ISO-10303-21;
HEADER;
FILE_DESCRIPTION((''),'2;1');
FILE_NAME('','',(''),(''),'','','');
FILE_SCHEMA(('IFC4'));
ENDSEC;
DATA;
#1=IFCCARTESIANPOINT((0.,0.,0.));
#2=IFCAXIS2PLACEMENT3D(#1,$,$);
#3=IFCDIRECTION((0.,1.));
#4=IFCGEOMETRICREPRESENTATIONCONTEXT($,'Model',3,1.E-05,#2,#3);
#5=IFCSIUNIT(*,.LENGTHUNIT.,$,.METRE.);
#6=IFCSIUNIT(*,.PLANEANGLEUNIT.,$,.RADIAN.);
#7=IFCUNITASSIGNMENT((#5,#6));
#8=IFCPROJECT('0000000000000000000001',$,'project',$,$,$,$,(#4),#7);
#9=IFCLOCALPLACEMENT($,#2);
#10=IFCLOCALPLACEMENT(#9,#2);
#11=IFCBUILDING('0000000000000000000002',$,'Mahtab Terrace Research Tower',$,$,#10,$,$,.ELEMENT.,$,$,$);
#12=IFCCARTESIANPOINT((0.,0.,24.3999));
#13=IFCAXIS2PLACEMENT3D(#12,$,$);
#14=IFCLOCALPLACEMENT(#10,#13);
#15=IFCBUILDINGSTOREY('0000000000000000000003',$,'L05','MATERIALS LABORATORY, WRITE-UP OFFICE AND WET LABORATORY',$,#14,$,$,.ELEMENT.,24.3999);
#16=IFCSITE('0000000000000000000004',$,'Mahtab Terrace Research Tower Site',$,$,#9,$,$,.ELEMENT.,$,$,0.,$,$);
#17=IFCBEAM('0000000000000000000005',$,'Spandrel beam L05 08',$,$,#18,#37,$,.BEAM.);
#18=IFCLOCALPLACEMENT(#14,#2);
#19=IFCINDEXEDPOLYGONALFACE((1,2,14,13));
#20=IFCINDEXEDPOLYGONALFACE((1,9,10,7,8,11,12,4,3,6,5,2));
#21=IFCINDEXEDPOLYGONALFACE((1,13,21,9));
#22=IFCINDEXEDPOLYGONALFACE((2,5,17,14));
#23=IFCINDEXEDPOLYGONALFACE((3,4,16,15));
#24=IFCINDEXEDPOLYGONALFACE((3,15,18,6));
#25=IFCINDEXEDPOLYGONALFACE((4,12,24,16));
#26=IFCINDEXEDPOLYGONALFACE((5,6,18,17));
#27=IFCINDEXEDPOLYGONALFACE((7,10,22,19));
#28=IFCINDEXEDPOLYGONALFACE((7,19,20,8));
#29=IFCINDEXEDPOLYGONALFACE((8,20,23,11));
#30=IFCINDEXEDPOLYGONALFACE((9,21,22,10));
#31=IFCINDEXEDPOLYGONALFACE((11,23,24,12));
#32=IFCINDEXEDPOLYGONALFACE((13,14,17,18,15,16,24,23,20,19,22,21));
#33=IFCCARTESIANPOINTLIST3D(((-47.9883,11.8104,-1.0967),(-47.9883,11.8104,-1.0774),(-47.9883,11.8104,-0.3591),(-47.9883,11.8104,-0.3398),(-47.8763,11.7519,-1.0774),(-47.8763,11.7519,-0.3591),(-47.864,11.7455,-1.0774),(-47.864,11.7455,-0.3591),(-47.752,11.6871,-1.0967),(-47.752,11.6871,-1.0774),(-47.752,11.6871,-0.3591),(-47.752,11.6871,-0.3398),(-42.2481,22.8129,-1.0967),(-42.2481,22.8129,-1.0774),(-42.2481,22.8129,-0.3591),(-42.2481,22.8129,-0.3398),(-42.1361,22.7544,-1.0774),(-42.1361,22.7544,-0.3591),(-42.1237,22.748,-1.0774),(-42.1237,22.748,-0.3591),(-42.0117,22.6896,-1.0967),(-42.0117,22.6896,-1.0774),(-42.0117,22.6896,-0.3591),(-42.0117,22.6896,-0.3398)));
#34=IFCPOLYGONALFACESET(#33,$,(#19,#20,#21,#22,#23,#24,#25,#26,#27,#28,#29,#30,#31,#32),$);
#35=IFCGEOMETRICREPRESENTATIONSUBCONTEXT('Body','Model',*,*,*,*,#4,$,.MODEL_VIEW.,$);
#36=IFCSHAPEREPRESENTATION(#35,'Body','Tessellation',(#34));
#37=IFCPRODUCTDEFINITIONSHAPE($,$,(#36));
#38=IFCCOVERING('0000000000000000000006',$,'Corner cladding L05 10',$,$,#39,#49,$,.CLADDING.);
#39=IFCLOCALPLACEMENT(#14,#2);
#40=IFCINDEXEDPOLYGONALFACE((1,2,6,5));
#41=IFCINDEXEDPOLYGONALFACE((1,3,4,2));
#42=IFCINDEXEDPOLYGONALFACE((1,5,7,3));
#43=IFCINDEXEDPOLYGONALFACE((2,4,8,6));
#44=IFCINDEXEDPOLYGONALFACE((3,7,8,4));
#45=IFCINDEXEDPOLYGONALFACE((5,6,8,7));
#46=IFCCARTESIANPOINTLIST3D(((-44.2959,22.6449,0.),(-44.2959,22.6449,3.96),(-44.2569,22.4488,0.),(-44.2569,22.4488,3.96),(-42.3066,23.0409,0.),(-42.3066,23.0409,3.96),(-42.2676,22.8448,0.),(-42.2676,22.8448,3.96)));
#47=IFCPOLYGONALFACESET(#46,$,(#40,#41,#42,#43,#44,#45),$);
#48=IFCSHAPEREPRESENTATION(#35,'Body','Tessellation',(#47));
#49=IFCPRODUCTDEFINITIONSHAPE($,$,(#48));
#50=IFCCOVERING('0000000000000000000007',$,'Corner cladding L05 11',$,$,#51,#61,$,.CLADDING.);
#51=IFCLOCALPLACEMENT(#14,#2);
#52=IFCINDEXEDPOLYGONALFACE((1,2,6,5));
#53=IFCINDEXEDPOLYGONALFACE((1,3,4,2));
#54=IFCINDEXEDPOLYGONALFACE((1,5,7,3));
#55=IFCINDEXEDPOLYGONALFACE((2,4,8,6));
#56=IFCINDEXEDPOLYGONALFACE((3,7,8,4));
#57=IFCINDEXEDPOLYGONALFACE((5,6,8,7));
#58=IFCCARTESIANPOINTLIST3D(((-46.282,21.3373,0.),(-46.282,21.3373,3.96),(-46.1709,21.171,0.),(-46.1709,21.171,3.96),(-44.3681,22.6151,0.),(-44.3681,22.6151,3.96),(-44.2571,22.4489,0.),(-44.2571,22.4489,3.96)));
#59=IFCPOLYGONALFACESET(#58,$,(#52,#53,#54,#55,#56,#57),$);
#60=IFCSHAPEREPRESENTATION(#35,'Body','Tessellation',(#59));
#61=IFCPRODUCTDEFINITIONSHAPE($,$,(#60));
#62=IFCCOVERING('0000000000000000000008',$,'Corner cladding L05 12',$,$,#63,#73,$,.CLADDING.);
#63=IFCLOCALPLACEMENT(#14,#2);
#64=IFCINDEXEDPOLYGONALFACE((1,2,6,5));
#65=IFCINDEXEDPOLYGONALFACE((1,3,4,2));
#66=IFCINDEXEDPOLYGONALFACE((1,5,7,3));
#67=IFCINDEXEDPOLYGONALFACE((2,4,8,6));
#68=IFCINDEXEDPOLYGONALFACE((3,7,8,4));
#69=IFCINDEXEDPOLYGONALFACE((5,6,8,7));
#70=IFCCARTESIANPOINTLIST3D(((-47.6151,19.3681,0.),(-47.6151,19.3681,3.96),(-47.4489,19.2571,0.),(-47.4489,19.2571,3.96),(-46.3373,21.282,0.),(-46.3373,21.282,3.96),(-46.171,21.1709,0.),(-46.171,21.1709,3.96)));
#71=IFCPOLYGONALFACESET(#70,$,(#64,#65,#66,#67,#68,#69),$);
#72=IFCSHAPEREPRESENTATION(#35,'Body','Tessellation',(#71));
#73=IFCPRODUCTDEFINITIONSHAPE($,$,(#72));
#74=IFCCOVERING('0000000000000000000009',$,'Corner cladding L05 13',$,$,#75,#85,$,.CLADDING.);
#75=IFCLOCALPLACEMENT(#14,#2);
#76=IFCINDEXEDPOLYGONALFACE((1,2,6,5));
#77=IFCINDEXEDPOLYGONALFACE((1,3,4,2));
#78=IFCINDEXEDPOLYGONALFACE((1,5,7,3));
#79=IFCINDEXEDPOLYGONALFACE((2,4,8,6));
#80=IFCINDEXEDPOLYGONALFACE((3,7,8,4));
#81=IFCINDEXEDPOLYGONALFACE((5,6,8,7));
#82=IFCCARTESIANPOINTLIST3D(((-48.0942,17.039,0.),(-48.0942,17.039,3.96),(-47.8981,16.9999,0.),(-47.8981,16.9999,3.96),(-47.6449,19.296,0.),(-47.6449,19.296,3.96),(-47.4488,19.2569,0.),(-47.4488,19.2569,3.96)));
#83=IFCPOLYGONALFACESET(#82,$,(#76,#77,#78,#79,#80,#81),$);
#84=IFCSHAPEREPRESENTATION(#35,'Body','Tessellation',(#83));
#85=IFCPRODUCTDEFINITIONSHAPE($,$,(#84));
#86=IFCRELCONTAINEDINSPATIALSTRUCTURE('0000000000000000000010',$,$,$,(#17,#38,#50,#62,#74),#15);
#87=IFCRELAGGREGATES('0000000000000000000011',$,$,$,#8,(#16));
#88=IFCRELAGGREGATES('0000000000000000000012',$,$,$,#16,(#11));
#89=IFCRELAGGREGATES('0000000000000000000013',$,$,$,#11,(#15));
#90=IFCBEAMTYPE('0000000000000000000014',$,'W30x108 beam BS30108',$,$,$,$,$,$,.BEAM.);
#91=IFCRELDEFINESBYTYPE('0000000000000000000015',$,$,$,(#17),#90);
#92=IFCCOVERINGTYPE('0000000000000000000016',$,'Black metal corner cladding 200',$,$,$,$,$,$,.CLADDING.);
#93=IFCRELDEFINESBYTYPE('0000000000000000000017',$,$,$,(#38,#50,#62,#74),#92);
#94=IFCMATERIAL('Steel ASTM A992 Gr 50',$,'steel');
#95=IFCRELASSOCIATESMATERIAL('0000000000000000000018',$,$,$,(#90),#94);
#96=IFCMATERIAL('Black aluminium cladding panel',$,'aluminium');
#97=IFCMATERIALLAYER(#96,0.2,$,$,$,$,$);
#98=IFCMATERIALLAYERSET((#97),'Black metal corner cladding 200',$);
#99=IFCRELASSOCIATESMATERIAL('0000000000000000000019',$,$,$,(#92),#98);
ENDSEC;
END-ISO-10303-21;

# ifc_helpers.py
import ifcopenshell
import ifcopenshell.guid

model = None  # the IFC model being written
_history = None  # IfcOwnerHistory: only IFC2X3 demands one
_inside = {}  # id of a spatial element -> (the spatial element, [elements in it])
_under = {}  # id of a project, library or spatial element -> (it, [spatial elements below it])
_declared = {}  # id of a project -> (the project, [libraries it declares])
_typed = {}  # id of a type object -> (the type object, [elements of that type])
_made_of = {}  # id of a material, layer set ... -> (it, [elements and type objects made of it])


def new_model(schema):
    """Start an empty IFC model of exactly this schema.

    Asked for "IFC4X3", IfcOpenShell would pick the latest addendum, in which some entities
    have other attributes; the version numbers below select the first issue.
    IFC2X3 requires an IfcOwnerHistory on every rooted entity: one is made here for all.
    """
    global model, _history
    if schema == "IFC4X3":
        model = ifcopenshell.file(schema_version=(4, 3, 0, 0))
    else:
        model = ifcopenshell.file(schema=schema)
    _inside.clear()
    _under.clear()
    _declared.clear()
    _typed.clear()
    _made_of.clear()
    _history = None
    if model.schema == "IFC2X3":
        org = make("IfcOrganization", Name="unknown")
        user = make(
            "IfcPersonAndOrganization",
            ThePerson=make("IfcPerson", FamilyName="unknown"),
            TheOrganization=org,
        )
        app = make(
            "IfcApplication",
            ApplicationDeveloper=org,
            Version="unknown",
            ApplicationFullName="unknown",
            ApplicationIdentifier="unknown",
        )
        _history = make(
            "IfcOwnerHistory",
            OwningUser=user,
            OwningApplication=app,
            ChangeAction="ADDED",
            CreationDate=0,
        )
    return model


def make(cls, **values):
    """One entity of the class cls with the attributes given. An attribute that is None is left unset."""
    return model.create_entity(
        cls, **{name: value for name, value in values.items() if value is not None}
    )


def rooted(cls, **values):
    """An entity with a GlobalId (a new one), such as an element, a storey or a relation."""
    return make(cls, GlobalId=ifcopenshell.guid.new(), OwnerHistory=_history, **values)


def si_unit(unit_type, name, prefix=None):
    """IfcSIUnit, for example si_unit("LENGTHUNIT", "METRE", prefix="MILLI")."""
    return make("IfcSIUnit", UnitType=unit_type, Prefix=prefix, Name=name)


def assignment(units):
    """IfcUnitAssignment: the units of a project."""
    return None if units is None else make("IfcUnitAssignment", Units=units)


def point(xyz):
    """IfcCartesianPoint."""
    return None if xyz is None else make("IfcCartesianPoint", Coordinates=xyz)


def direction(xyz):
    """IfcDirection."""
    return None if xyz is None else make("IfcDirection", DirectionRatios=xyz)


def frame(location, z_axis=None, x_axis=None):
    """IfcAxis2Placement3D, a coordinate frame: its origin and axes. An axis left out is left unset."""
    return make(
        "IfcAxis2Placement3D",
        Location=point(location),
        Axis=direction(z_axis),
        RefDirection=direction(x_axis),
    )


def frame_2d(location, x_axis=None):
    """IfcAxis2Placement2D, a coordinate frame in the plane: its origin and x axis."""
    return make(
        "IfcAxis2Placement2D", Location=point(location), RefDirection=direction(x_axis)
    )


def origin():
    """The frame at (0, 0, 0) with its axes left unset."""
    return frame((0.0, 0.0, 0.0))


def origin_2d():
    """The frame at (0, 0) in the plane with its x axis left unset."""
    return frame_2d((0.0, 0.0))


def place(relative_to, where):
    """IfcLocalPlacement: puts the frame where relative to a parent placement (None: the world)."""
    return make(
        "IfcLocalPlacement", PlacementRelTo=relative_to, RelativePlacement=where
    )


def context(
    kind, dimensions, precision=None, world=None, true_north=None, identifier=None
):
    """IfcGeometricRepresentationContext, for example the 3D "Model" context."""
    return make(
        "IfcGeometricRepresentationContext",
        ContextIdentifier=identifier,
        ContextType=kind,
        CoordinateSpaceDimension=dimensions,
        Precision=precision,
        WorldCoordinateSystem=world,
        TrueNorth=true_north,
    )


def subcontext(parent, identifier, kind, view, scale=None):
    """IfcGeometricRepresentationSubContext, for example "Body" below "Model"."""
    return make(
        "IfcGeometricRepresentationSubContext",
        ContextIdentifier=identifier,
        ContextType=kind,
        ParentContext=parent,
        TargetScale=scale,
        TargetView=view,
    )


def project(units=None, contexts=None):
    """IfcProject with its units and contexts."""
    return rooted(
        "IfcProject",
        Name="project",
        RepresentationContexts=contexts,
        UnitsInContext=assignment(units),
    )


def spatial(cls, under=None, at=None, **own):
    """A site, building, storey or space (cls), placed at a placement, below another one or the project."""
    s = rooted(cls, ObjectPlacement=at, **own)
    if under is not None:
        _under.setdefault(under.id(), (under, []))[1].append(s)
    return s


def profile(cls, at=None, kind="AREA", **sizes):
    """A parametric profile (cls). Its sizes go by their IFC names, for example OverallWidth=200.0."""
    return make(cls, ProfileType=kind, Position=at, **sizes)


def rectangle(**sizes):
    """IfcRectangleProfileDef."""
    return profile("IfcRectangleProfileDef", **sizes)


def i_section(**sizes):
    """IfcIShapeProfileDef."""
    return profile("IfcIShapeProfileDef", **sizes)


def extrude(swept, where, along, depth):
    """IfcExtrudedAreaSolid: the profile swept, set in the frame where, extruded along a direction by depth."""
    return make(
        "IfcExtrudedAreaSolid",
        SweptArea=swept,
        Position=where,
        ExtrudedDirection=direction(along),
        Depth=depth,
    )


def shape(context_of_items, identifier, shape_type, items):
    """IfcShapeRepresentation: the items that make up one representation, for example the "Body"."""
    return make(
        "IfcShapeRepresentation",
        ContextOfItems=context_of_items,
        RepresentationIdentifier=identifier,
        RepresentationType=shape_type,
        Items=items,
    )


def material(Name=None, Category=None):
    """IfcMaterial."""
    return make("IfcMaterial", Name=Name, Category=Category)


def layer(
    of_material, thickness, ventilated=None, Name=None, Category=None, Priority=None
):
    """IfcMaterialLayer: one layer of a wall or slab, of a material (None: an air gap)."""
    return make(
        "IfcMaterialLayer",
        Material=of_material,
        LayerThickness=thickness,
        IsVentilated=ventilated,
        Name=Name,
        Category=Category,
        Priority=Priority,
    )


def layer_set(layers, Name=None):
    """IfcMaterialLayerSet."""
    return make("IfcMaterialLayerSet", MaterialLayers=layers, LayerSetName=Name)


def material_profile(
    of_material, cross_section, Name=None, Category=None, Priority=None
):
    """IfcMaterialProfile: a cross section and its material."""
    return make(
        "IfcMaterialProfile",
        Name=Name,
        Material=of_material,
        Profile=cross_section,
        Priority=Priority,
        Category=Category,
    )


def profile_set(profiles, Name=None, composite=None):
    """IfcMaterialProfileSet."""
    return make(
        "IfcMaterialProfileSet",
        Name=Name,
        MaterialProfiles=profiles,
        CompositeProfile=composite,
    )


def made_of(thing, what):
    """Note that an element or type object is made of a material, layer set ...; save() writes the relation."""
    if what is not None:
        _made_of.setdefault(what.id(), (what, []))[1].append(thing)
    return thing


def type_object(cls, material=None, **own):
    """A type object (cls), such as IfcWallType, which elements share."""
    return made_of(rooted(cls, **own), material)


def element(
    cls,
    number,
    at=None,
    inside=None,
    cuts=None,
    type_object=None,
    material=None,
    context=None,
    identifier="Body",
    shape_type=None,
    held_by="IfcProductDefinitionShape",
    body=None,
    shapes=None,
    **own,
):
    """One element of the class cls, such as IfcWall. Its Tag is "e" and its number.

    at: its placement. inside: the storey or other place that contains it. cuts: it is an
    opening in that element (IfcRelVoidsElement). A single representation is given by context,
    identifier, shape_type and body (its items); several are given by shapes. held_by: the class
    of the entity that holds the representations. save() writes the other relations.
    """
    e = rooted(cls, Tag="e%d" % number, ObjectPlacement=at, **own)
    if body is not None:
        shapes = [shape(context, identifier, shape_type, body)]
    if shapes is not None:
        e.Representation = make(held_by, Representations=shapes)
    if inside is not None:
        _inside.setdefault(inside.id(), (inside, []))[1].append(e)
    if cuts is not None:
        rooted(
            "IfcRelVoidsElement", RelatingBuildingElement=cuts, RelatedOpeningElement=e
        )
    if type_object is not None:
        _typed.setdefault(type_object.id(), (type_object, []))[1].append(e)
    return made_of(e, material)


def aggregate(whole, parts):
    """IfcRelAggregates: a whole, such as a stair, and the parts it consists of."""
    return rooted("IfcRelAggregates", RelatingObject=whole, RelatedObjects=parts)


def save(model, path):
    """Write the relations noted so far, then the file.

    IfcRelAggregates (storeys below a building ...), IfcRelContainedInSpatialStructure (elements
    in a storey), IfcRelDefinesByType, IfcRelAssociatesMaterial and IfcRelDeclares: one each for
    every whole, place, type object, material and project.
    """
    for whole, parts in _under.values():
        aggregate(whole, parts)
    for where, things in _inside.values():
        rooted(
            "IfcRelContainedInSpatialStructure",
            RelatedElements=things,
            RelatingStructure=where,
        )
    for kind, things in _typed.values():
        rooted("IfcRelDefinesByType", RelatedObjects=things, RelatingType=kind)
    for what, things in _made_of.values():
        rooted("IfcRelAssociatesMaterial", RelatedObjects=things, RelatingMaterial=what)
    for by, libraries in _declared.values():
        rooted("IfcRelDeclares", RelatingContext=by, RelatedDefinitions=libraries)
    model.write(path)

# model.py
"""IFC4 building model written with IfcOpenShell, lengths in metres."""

from ifc_helpers import new_model, si_unit, direction, frame, origin, origin_2d, place, context, subcontext, project, spatial, rectangle, i_section, extrude, material, layer, layer_set, material_profile, profile_set, type_object, element, save


model = new_model("IFC4")

# Units and contexts
model_context = context("Model", 3, precision=1e-05, world=origin(), true_north=direction((0.0, 1.0)))
body_context = subcontext(model_context, "Body", "Model", "MODEL_VIEW")
ifc_project = project(units=[si_unit("LENGTHUNIT", "METRE"), si_unit("PLANEANGLEUNIT", "RADIAN")], contexts=[model_context])

# Site, building, storey
site_placement = place(None, origin())
site = spatial("IfcSite", under=ifc_project, at=site_placement, Name="Mahtab Terrace Research Tower Site", CompositionType="ELEMENT", RefElevation=0.0)
building_placement = place(site_placement, origin())
building = spatial("IfcBuilding", under=site, at=building_placement, Name="Mahtab Terrace Research Tower", CompositionType="ELEMENT")
storey_placement = place(building_placement, frame((0.0, 0.0, 24.3999)))
storey = spatial("IfcBuildingStorey", under=building, at=storey_placement, Name="L05", Description="MATERIALS LABORATORY, WRITE-UP OFFICE AND WET LABORATORY", CompositionType="ELEMENT", Elevation=24.3999)

# Beam
ifc_material_1 = material(Name="Steel ASTM A992 Gr 50", Category="steel")
ifc_material_profile = material_profile(ifc_material_1, i_section(OverallWidth=0.2666, OverallDepth=0.7568, WebThickness=0.0139, FlangeThickness=0.0193, at=origin_2d()), Name="W30X108")
ifc_profile_set = profile_set([ifc_material_profile], Name="Steel ASTM A992 Gr 50")
beam_type = type_object("IfcBeamType", Name="W30x108 beam BS30108", PredefinedType="BEAM", material=ifc_profile_set)
beam_placement = place(storey_placement, frame((-42.1299, 22.7512, -0.7183), z_axis=(-0.462555, -0.88659, 0.0), x_axis=(0.88659, -0.462555, 0.0)))
element("IfcBeam", 1, at=beam_placement, inside=storey, type_object=beam_type, Name="Spandrel beam L05 08", PredefinedType="BEAM", context=body_context, shape_type="SweptSolid", body=[
    extrude(i_section(OverallWidth=0.2666, OverallDepth=0.7568, WebThickness=0.0139, FlangeThickness=0.0193, at=origin_2d()), origin(), (0.0, 0.0, 1.0), 12.4099),
])

# Coverings
ifc_material_2 = material(Name="Black aluminium cladding panel", Category="aluminium")
ifc_layer = layer(ifc_material_2, 0.2)
ifc_layer_set = layer_set([ifc_layer], Name="Black metal corner cladding 200")
covering_type = type_object("IfcCoveringType", Name="Black metal corner cladding 200", PredefinedType="CLADDING", material=ifc_layer_set)
covering_placement = place(storey_placement, frame((-43.2817, 22.7449, 0.0), z_axis=(0.0, 0.0, 1.0), x_axis=(-0.980761, -0.195212, 0.0)))
element("IfcCovering", 2, at=covering_placement, inside=storey, type_object=covering_type, Name="Corner cladding L05 10", PredefinedType="CLADDING", context=body_context, shape_type="SweptSolid", body=[
    extrude(rectangle(XDim=2.0283, YDim=0.2, at=origin_2d()), origin(), (0.0, 0.0, 1.0), 3.96),
])
for number, where, z_axis, x_axis, name in (
    (3, (-45.2695, 21.8931, 0.0), (0.0, 0.0, 1.0), (-0.831656, -0.555291, 0.0), "Corner cladding L05 11"),
    (4, (-46.8931, 20.2695, 0.0), (0.0, 0.0, 1.0), (-0.555291, -0.831656, 0.0), "Corner cladding L05 12"),
    (5, (-47.7715, 18.1479, 0.0), (0.0, 0.0, 1.0), (-0.195212, -0.980761, 0.0), "Corner cladding L05 13"),
):
    element("IfcCovering", number, at=place(storey_placement, frame(where, z_axis=z_axis, x_axis=x_axis)), inside=storey, type_object=covering_type, Name=name, PredefinedType="CLADDING", context=body_context, shape_type="SweptSolid", body=[
        extrude(rectangle(XDim=2.3013, YDim=0.2, at=origin_2d()), origin(), (0.0, 0.0, 1.0), 3.96),
    ])

save(model, "model.ifc")
